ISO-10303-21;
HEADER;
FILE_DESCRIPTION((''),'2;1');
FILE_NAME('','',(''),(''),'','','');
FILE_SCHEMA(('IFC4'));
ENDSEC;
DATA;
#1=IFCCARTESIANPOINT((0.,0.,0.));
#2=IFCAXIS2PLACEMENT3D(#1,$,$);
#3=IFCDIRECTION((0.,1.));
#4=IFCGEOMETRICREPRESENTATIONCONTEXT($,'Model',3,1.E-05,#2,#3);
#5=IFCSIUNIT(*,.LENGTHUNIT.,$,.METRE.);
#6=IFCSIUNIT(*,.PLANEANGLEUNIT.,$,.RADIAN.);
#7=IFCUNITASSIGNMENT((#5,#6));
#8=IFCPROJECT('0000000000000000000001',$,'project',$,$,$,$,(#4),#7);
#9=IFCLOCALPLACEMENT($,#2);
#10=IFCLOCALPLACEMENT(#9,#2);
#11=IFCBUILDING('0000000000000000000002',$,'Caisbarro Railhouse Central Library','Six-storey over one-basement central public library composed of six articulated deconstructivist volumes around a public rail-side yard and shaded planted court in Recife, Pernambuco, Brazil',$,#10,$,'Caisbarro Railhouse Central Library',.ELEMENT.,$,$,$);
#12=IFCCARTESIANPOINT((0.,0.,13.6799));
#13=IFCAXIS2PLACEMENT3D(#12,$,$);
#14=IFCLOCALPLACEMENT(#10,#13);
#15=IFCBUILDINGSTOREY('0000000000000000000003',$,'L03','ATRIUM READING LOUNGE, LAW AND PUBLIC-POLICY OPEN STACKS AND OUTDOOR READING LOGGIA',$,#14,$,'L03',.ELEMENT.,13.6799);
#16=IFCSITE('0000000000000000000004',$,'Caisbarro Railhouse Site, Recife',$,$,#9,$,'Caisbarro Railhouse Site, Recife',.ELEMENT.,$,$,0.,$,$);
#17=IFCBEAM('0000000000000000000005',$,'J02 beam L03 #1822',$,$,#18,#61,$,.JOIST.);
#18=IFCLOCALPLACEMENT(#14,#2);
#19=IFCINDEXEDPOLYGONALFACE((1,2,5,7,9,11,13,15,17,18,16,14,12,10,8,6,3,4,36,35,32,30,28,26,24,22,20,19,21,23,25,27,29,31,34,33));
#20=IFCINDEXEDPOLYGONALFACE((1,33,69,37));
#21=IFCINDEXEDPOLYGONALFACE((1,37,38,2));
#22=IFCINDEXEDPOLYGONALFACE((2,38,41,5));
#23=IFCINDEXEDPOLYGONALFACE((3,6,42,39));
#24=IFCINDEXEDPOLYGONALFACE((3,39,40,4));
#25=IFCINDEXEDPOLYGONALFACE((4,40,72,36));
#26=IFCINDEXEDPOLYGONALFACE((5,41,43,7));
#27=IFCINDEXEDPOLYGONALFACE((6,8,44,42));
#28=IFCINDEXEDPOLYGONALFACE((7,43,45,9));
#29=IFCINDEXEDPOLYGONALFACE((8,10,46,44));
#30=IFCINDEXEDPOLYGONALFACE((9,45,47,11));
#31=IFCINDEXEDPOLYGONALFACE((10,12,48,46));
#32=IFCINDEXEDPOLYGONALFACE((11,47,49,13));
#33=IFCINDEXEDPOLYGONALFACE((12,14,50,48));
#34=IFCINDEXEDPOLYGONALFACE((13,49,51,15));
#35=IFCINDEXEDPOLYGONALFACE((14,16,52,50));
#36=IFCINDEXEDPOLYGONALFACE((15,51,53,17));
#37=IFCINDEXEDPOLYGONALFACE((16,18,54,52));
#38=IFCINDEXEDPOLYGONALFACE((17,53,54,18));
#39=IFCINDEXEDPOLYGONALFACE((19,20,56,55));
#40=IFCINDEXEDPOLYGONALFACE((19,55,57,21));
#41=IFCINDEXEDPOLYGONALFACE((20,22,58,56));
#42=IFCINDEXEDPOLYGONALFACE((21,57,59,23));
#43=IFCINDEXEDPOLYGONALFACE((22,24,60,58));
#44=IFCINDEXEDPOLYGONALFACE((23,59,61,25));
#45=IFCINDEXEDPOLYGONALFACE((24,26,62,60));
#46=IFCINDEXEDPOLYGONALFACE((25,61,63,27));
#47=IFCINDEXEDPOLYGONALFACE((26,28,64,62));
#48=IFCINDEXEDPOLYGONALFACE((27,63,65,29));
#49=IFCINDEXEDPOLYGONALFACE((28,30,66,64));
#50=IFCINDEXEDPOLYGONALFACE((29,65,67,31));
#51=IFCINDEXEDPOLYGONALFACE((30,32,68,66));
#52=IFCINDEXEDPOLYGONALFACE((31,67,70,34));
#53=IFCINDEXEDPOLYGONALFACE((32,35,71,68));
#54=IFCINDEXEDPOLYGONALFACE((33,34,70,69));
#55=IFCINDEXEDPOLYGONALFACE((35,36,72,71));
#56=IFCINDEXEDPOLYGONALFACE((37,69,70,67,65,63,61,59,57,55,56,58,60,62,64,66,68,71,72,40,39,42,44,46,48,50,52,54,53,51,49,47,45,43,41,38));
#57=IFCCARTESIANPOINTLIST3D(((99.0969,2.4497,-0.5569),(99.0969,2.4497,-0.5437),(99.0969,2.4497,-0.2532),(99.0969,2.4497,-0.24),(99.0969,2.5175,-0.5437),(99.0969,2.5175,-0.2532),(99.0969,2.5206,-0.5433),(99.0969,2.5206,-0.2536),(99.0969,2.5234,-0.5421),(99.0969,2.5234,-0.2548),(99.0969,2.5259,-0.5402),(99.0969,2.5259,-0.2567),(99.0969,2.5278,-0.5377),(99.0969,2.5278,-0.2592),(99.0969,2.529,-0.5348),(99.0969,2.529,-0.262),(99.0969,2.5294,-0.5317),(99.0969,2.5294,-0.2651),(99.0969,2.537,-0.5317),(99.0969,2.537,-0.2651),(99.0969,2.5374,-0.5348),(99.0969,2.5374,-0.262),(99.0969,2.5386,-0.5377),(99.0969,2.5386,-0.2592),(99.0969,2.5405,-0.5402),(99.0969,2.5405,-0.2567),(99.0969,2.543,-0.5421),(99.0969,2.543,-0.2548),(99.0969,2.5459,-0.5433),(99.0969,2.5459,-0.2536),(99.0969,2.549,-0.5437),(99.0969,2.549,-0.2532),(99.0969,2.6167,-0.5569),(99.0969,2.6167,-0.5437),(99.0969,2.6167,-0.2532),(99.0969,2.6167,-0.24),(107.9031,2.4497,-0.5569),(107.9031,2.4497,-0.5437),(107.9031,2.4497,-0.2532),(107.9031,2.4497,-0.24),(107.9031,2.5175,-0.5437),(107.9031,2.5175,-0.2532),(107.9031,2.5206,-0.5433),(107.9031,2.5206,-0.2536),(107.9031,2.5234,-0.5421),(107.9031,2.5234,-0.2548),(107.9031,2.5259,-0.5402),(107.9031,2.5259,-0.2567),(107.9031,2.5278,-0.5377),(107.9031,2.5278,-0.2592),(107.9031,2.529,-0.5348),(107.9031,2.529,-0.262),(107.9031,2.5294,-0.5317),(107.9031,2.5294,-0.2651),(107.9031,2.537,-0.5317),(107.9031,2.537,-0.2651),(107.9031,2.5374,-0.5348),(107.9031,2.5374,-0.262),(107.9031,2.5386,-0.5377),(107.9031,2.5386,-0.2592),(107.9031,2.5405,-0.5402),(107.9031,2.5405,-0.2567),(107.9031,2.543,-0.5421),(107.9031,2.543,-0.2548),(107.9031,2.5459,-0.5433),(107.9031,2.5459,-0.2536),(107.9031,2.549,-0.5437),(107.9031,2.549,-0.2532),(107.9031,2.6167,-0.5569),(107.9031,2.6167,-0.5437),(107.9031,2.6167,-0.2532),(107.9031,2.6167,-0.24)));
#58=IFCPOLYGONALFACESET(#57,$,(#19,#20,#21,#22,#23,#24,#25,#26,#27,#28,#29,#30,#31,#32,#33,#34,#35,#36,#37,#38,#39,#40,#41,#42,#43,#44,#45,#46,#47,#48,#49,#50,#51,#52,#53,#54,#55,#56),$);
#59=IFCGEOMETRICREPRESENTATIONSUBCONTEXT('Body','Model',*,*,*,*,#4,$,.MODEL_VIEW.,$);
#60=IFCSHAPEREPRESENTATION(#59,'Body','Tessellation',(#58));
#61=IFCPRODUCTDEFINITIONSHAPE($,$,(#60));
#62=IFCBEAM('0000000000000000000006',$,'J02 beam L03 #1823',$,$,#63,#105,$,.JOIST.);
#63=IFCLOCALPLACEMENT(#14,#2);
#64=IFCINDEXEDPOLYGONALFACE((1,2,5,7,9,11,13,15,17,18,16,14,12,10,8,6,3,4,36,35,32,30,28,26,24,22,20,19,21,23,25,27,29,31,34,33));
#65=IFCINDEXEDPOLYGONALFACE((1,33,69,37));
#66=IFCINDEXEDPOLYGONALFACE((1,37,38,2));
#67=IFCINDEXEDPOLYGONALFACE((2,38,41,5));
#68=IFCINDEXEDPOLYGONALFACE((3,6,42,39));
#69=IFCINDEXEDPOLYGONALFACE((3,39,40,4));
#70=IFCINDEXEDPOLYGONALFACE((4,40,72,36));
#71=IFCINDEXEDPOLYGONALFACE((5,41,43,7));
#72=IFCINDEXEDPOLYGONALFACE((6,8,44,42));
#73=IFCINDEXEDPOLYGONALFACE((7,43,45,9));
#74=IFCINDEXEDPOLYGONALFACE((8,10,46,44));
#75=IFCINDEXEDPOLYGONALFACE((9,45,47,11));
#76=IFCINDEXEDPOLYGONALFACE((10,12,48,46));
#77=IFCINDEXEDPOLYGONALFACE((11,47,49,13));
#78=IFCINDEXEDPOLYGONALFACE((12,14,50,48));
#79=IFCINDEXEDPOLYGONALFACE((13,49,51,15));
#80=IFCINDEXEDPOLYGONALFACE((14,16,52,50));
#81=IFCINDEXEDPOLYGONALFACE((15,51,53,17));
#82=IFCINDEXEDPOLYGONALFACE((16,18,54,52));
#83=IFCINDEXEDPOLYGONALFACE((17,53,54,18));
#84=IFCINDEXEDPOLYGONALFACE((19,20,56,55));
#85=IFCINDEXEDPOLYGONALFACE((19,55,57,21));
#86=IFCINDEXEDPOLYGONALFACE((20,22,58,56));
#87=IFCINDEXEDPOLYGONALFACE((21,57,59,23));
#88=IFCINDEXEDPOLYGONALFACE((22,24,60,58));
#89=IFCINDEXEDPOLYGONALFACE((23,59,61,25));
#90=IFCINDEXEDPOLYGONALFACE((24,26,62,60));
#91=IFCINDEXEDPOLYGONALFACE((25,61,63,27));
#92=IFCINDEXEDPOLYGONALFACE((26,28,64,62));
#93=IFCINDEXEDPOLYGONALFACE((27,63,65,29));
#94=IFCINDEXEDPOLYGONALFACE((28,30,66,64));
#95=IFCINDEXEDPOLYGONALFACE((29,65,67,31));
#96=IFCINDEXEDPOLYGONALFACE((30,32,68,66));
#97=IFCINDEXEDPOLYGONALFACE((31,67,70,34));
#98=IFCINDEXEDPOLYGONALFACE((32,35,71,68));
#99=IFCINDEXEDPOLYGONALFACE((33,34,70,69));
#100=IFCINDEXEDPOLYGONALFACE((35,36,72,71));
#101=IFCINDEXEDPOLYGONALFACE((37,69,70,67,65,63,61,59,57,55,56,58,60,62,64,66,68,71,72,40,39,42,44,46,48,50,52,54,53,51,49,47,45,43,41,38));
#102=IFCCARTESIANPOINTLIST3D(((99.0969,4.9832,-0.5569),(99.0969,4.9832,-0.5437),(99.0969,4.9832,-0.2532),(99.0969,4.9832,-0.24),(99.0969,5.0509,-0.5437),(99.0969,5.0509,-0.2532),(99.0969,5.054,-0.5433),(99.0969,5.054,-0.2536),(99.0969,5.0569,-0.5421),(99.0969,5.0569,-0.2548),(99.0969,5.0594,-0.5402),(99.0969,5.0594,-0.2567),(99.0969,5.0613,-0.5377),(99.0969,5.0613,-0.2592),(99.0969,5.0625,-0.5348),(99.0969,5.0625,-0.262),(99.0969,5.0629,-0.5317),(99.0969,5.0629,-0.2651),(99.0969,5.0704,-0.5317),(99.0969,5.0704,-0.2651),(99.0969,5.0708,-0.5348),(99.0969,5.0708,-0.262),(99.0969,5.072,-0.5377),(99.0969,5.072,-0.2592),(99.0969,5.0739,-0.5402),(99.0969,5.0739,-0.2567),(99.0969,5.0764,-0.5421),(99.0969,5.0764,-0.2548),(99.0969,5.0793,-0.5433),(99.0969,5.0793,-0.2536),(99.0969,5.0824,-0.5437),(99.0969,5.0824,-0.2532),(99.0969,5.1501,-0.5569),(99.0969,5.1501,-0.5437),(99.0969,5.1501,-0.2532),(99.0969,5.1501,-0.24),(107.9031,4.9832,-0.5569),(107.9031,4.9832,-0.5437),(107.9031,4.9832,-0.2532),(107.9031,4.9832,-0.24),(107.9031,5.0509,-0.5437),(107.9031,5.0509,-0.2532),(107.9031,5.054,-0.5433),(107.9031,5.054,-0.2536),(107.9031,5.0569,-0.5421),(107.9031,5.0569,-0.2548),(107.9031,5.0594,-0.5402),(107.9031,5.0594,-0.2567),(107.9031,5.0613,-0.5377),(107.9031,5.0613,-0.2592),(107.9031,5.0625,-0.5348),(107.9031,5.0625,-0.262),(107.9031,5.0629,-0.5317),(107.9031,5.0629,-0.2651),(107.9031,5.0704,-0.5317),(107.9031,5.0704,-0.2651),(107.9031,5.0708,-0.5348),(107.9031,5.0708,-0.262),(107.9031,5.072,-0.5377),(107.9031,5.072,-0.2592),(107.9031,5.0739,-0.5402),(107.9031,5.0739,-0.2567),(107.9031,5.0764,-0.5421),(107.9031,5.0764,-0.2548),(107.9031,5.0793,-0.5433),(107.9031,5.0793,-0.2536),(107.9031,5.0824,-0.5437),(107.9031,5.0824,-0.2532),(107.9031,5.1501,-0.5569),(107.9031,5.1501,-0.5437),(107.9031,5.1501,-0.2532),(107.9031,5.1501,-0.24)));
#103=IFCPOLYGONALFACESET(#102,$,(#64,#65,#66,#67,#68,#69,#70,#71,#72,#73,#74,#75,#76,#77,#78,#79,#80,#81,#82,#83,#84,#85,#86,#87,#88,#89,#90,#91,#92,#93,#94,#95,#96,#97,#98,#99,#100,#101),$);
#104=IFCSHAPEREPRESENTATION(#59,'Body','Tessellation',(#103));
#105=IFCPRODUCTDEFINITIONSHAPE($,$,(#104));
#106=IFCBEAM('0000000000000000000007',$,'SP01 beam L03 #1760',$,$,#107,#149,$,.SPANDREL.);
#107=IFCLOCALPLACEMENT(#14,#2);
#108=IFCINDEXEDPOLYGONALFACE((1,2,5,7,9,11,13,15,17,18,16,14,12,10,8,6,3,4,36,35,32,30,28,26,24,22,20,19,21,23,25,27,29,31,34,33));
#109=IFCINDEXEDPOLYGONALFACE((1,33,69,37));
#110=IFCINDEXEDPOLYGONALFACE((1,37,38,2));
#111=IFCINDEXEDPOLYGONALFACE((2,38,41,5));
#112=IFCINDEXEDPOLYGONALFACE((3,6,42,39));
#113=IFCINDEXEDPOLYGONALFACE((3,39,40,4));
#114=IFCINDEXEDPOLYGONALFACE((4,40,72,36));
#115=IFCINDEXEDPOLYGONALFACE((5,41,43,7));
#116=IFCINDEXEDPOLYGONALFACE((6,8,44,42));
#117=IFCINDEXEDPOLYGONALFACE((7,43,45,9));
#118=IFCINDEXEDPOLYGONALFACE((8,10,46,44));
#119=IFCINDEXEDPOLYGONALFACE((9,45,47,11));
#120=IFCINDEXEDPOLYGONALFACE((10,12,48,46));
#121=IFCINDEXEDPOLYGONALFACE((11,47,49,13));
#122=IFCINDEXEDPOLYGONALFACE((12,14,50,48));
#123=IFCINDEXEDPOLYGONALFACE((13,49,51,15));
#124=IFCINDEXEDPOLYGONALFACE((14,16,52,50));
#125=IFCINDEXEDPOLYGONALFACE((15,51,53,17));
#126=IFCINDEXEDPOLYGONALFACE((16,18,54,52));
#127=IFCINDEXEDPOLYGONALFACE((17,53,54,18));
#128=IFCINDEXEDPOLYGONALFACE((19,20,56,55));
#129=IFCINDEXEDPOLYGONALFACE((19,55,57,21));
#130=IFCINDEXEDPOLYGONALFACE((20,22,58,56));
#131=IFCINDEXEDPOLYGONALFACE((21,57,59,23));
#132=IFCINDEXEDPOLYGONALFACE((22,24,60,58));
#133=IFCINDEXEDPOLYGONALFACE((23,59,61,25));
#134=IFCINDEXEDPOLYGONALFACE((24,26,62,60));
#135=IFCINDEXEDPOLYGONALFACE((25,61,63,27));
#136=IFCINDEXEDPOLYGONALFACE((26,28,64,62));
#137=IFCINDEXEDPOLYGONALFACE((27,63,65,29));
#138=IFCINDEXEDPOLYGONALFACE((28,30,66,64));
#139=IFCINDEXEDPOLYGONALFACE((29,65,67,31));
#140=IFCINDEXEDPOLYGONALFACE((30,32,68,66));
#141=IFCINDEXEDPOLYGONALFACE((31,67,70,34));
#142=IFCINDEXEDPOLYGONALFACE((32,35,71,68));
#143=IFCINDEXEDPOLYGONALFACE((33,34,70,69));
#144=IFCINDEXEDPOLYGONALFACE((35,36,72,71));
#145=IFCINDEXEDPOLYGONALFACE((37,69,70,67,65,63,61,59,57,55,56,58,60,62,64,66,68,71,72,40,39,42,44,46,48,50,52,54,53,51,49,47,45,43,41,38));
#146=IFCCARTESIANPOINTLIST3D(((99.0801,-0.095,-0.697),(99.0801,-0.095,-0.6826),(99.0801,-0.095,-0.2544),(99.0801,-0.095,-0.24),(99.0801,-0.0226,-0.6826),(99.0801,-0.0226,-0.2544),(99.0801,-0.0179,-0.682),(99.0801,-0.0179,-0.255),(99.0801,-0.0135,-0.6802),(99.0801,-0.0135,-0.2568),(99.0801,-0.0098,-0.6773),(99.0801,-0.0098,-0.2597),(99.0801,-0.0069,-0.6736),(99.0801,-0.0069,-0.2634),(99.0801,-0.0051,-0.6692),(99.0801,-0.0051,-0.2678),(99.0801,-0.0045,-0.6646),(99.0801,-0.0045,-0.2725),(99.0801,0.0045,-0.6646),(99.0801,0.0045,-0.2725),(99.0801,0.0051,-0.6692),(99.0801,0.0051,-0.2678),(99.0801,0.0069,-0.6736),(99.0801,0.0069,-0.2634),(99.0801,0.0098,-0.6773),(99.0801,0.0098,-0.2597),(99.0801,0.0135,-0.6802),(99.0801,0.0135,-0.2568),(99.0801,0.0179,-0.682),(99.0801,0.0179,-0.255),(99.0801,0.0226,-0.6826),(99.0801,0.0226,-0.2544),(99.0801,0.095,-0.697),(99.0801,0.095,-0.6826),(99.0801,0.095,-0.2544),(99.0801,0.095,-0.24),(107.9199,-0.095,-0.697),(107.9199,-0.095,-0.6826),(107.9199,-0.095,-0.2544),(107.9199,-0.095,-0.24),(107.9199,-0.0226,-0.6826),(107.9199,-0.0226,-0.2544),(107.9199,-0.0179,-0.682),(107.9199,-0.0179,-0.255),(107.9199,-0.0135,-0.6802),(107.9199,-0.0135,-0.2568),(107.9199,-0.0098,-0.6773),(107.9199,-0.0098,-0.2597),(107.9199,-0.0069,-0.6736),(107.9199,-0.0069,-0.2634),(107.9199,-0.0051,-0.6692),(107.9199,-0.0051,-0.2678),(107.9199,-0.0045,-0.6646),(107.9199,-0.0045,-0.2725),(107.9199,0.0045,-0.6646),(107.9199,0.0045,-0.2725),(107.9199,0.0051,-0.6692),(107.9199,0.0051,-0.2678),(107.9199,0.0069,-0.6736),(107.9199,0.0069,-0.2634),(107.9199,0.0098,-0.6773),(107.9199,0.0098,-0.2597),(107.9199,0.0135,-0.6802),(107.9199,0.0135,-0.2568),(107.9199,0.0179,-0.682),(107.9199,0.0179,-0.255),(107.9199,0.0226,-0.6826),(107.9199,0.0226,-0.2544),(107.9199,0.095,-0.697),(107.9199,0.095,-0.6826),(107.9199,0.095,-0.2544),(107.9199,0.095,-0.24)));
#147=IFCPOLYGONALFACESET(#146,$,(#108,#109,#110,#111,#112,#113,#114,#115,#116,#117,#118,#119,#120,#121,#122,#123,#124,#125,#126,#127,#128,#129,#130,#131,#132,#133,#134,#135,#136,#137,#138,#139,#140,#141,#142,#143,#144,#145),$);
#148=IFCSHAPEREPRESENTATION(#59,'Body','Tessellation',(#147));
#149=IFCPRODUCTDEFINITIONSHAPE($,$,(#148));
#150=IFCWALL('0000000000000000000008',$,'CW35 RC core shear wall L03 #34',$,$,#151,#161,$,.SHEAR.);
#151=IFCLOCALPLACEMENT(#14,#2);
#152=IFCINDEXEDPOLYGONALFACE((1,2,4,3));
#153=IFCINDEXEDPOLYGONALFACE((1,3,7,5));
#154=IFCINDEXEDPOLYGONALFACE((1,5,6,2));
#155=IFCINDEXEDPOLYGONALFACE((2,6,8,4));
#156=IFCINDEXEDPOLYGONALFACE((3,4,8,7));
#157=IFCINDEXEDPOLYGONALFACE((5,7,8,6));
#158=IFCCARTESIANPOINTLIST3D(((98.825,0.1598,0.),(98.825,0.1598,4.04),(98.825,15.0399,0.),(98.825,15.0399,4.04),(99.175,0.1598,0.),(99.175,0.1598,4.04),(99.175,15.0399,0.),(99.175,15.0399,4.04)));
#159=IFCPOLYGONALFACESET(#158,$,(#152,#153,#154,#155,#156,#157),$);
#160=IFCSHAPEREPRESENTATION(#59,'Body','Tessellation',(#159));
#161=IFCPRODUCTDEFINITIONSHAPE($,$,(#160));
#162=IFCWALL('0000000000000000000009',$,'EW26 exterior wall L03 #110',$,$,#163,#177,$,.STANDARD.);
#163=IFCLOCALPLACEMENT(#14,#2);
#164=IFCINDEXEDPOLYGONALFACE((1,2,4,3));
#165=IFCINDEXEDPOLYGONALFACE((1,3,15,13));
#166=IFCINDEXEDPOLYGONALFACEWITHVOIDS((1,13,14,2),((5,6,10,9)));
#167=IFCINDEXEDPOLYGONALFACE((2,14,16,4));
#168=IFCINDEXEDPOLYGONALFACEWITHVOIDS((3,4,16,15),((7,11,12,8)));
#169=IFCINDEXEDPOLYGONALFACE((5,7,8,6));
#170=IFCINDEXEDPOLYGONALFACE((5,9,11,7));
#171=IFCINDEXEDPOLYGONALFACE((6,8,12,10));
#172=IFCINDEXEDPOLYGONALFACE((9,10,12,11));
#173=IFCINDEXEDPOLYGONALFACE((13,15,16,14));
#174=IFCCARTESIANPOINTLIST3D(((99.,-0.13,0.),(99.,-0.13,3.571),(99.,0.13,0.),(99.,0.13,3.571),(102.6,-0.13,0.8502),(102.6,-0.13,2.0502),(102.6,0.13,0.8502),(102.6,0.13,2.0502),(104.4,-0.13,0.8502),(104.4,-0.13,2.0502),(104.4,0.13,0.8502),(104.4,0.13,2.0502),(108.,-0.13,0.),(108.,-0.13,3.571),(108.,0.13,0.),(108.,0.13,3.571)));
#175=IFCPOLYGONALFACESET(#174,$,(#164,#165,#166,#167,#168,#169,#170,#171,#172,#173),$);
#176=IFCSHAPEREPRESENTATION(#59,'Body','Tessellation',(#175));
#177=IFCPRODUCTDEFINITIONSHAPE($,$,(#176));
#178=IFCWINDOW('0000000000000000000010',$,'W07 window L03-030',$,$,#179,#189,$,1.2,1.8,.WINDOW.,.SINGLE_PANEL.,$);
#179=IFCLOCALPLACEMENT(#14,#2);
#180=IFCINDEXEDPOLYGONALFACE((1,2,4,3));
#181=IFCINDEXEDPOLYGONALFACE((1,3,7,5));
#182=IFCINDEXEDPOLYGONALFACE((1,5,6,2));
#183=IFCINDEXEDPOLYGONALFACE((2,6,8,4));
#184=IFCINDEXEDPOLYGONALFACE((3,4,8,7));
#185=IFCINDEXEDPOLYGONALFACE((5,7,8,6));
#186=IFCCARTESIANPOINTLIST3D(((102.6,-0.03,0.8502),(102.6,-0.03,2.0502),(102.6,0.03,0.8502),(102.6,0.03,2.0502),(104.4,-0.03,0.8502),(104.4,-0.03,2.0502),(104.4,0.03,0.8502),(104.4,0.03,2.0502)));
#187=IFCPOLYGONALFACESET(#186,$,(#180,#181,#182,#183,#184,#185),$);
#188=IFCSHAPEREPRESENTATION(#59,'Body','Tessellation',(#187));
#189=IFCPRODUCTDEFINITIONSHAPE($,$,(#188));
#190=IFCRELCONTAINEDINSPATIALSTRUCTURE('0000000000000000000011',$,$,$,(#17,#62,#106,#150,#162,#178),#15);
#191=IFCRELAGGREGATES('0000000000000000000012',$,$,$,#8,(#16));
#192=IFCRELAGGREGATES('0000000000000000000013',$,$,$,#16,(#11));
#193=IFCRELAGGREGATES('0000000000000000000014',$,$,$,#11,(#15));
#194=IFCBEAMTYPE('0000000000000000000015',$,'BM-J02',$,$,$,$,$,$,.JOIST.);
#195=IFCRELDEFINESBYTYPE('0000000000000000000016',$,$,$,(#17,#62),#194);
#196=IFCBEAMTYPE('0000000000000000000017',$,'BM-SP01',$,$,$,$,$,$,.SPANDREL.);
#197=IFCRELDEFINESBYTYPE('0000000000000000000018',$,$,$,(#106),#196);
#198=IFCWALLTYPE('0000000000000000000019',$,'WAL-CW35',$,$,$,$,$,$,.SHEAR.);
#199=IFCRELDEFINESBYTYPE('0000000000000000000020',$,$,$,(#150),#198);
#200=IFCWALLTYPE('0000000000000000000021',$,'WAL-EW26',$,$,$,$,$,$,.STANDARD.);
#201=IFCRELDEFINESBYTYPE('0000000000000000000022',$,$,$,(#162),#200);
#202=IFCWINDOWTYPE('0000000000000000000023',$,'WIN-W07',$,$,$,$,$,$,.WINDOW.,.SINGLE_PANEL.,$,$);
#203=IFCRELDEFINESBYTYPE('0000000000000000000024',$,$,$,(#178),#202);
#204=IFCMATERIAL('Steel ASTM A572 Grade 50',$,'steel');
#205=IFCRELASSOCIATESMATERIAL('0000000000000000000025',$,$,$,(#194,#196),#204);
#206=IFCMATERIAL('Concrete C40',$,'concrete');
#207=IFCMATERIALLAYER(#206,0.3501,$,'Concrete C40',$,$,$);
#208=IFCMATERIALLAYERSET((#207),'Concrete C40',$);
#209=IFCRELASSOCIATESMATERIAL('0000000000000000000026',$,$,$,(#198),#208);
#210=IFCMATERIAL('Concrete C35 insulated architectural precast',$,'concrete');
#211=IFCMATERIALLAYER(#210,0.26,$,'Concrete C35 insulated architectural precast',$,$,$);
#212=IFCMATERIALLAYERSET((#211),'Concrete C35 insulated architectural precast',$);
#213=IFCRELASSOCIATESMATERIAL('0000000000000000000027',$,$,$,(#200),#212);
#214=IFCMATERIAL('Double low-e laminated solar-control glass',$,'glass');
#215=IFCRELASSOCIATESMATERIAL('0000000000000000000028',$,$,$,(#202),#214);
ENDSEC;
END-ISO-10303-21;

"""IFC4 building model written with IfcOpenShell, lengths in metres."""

from ifc_helpers import new_model, si_unit, direction, frame, frame_2d, origin, origin_2d, place, context, subcontext, project, spatial, rectangle, i_section, extrude, material, layer, layer_set, material_profile, profile_set, type_object, element, fill, save


model = new_model("IFC4")

# Units and contexts
model_context = context("Model", 3, precision=1e-05, world=origin(), true_north=direction((0.0, 1.0)))
body_context = subcontext(model_context, "Body", "Model", "MODEL_VIEW")
ifc_project = project(units=[si_unit("LENGTHUNIT", "METRE"), si_unit("PLANEANGLEUNIT", "RADIAN")], contexts=[model_context])

# Site, building, storey
site_placement = place(None, origin())
site = spatial("IfcSite", under=ifc_project, at=site_placement, Name="Caisbarro Railhouse Site, Recife", LongName="Caisbarro Railhouse Site, Recife", CompositionType="ELEMENT", RefElevation=0.0)
building_placement = place(site_placement, origin())
building = spatial("IfcBuilding", under=site, at=building_placement, Name="Caisbarro Railhouse Central Library", Description="Six-storey over one-basement central public library composed of six articulated deconstructivist volumes around a public rail-side yard and shaded planted court in Recife, Pernambuco, Brazil", LongName="Caisbarro Railhouse Central Library", CompositionType="ELEMENT")
storey_placement = place(building_placement, frame((0.0, 0.0, 13.6799)))
storey = spatial("IfcBuildingStorey", under=building, at=storey_placement, Name="L03", Description="ATRIUM READING LOUNGE, LAW AND PUBLIC-POLICY OPEN STACKS AND OUTDOOR READING LOGGIA", LongName="L03", CompositionType="ELEMENT", Elevation=13.6799)

# Shared definitions
ifc_material_1 = material(Name="Steel ASTM A572 Grade 50", Category="steel")

# Beams
ifc_material_profile_1 = material_profile(ifc_material_1, i_section(OverallWidth=0.167, OverallDepth=0.3169, WebThickness=0.0076, FlangeThickness=0.0132, FilletRadius=0.012, at=origin_2d()), Name="W310X52.0")
ifc_profile_set_1 = profile_set([ifc_material_profile_1], Name="Steel ASTM A572 Grade 50")
beam_type_1 = type_object("IfcBeamType", Name="BM-J02", PredefinedType="JOIST", material=ifc_profile_set_1)
for number, where, z_axis, x_axis, name in (
    (1, (99.0969, 2.5332, -0.3984), (1.0, 0.0, 0.0), (0.0, 1.0, 0.0), "J02 beam L03 #1822"),
    (2, (99.0969, 5.0667, -0.3984), (1.0, 0.0, 0.0), (0.0, 1.0, 0.0), "J02 beam L03 #1823"),
):
    element("IfcBeam", number, at=place(storey_placement, frame(where, z_axis=z_axis, x_axis=x_axis)), inside=storey, type_object=beam_type_1, Name=name, PredefinedType="JOIST", context=body_context, shape_type="SweptSolid", body=[
        extrude(i_section(OverallWidth=0.167, OverallDepth=0.3169, WebThickness=0.0076, FlangeThickness=0.0132, FilletRadius=0.012, at=origin_2d()), origin(), (0.0, 0.0, 1.0), 8.8062),
    ])
ifc_material_profile_2 = material_profile(ifc_material_1, i_section(OverallWidth=0.1899, OverallDepth=0.457, WebThickness=0.009, FlangeThickness=0.0144, FilletRadius=0.0181, at=origin_2d()), Name="W460X74.0")
ifc_profile_set_2 = profile_set([ifc_material_profile_2], Name="Steel ASTM A572 Grade 50")
beam_type_2 = type_object("IfcBeamType", Name="BM-SP01", PredefinedType="SPANDREL", material=ifc_profile_set_2)
beam_1_placement = place(storey_placement, frame((99.0801, 0.0, -0.4685), z_axis=(1.0, 0.0, 0.0), x_axis=(0.0, 1.0, 0.0)))
element("IfcBeam", 3, at=beam_1_placement, inside=storey, type_object=beam_type_2, Name="SP01 beam L03 #1760", PredefinedType="SPANDREL", context=body_context, shape_type="SweptSolid", body=[
    extrude(i_section(OverallWidth=0.1899, OverallDepth=0.457, WebThickness=0.009, FlangeThickness=0.0144, FilletRadius=0.0181, at=origin_2d()), origin(), (0.0, 0.0, 1.0), 8.8398),
])

# Wall
ifc_material_2 = material(Name="Concrete C40", Category="concrete")
ifc_layer_1 = layer(ifc_material_2, 0.3501, Name="Concrete C40")
ifc_layer_set_1 = layer_set([ifc_layer_1], Name="Concrete C40")
wall_type_1 = type_object("IfcWallType", Name="WAL-CW35", PredefinedType="SHEAR", material=ifc_layer_set_1)
wall_1_placement = place(storey_placement, frame((99.0, 0.1599, 0.0), z_axis=(0.0, 0.0, 1.0), x_axis=(0.0, 1.0, 0.0)))
element("IfcWall", 4, at=wall_1_placement, inside=storey, type_object=wall_type_1, Name="CW35 RC core shear wall L03 #34", PredefinedType="SHEAR", context=body_context, shape_type="SweptSolid", body=[
    extrude(rectangle(XDim=14.8801, YDim=0.3501, at=frame_2d((7.4399, 0.0))), origin(), (0.0, 0.0, 1.0), 4.04),
])

# Wall, opening, window
ifc_material_3 = material(Name="Concrete C35 insulated architectural precast", Category="concrete")
ifc_layer_2 = layer(ifc_material_3, 0.26, Name="Concrete C35 insulated architectural precast")
ifc_layer_set_2 = layer_set([ifc_layer_2], Name="Concrete C35 insulated architectural precast")
wall_type_2 = type_object("IfcWallType", Name="WAL-EW26", PredefinedType="STANDARD", material=ifc_layer_set_2)
wall_2_placement = place(storey_placement, frame((99.0, 0.0, 0.0), z_axis=(0.0, 0.0, 1.0), x_axis=(1.0, 0.0, 0.0)))
wall_2 = element("IfcWall", 5, at=wall_2_placement, inside=storey, type_object=wall_type_2, Name="EW26 exterior wall L03 #110", PredefinedType="STANDARD", context=body_context, shape_type="SweptSolid", body=[
    extrude(rectangle(XDim=9.0, YDim=0.26, at=frame_2d((4.5, 0.0))), origin(), (0.0, 0.0, 1.0), 3.571),
])
opening_1_placement = place(wall_2_placement, frame((3.6001, 0.0, 0.8501)))
opening_1 = element("IfcOpeningElement", 6, at=opening_1_placement, cuts=wall_2, PredefinedType="OPENING", context=body_context, shape_type="SweptSolid", body=[
    extrude(rectangle(XDim=1.8, YDim=1.2, at=frame_2d((0.8999, 0.6001))), frame((0.0, 0.1401, 0.0), z_axis=(0.0, -1.0, 0.0), x_axis=(1.0, 0.0, 0.0)), (0.0, 0.0, 1.0), 0.28),
])
ifc_material_4 = material(Name="Double low-e laminated solar-control glass", Category="glass")
window_type_1 = type_object("IfcWindowType", Name="WIN-W07", PartitioningType="SINGLE_PANEL", PredefinedType="WINDOW", material=ifc_material_4)
window_1_placement = place(opening_1_placement, origin())
window_1 = element("IfcWindow", 7, at=window_1_placement, inside=storey, type_object=window_type_1, Name="W07 window L03-030", OverallHeight=1.2, OverallWidth=1.8, PartitioningType="SINGLE_PANEL", PredefinedType="WINDOW", context=body_context, shape_type="SweptSolid", body=[
    extrude(rectangle(XDim=1.8, YDim=1.2, at=frame_2d((0.8999, 0.6001))), frame((0.0, 0.03, 0.0), z_axis=(0.0, -1.0, 0.0), x_axis=(1.0, 0.0, 0.0)), (0.0, 0.0, 1.0), 0.0601),
])
fill(opening_1, window_1)

save(model, "model.ifc")
